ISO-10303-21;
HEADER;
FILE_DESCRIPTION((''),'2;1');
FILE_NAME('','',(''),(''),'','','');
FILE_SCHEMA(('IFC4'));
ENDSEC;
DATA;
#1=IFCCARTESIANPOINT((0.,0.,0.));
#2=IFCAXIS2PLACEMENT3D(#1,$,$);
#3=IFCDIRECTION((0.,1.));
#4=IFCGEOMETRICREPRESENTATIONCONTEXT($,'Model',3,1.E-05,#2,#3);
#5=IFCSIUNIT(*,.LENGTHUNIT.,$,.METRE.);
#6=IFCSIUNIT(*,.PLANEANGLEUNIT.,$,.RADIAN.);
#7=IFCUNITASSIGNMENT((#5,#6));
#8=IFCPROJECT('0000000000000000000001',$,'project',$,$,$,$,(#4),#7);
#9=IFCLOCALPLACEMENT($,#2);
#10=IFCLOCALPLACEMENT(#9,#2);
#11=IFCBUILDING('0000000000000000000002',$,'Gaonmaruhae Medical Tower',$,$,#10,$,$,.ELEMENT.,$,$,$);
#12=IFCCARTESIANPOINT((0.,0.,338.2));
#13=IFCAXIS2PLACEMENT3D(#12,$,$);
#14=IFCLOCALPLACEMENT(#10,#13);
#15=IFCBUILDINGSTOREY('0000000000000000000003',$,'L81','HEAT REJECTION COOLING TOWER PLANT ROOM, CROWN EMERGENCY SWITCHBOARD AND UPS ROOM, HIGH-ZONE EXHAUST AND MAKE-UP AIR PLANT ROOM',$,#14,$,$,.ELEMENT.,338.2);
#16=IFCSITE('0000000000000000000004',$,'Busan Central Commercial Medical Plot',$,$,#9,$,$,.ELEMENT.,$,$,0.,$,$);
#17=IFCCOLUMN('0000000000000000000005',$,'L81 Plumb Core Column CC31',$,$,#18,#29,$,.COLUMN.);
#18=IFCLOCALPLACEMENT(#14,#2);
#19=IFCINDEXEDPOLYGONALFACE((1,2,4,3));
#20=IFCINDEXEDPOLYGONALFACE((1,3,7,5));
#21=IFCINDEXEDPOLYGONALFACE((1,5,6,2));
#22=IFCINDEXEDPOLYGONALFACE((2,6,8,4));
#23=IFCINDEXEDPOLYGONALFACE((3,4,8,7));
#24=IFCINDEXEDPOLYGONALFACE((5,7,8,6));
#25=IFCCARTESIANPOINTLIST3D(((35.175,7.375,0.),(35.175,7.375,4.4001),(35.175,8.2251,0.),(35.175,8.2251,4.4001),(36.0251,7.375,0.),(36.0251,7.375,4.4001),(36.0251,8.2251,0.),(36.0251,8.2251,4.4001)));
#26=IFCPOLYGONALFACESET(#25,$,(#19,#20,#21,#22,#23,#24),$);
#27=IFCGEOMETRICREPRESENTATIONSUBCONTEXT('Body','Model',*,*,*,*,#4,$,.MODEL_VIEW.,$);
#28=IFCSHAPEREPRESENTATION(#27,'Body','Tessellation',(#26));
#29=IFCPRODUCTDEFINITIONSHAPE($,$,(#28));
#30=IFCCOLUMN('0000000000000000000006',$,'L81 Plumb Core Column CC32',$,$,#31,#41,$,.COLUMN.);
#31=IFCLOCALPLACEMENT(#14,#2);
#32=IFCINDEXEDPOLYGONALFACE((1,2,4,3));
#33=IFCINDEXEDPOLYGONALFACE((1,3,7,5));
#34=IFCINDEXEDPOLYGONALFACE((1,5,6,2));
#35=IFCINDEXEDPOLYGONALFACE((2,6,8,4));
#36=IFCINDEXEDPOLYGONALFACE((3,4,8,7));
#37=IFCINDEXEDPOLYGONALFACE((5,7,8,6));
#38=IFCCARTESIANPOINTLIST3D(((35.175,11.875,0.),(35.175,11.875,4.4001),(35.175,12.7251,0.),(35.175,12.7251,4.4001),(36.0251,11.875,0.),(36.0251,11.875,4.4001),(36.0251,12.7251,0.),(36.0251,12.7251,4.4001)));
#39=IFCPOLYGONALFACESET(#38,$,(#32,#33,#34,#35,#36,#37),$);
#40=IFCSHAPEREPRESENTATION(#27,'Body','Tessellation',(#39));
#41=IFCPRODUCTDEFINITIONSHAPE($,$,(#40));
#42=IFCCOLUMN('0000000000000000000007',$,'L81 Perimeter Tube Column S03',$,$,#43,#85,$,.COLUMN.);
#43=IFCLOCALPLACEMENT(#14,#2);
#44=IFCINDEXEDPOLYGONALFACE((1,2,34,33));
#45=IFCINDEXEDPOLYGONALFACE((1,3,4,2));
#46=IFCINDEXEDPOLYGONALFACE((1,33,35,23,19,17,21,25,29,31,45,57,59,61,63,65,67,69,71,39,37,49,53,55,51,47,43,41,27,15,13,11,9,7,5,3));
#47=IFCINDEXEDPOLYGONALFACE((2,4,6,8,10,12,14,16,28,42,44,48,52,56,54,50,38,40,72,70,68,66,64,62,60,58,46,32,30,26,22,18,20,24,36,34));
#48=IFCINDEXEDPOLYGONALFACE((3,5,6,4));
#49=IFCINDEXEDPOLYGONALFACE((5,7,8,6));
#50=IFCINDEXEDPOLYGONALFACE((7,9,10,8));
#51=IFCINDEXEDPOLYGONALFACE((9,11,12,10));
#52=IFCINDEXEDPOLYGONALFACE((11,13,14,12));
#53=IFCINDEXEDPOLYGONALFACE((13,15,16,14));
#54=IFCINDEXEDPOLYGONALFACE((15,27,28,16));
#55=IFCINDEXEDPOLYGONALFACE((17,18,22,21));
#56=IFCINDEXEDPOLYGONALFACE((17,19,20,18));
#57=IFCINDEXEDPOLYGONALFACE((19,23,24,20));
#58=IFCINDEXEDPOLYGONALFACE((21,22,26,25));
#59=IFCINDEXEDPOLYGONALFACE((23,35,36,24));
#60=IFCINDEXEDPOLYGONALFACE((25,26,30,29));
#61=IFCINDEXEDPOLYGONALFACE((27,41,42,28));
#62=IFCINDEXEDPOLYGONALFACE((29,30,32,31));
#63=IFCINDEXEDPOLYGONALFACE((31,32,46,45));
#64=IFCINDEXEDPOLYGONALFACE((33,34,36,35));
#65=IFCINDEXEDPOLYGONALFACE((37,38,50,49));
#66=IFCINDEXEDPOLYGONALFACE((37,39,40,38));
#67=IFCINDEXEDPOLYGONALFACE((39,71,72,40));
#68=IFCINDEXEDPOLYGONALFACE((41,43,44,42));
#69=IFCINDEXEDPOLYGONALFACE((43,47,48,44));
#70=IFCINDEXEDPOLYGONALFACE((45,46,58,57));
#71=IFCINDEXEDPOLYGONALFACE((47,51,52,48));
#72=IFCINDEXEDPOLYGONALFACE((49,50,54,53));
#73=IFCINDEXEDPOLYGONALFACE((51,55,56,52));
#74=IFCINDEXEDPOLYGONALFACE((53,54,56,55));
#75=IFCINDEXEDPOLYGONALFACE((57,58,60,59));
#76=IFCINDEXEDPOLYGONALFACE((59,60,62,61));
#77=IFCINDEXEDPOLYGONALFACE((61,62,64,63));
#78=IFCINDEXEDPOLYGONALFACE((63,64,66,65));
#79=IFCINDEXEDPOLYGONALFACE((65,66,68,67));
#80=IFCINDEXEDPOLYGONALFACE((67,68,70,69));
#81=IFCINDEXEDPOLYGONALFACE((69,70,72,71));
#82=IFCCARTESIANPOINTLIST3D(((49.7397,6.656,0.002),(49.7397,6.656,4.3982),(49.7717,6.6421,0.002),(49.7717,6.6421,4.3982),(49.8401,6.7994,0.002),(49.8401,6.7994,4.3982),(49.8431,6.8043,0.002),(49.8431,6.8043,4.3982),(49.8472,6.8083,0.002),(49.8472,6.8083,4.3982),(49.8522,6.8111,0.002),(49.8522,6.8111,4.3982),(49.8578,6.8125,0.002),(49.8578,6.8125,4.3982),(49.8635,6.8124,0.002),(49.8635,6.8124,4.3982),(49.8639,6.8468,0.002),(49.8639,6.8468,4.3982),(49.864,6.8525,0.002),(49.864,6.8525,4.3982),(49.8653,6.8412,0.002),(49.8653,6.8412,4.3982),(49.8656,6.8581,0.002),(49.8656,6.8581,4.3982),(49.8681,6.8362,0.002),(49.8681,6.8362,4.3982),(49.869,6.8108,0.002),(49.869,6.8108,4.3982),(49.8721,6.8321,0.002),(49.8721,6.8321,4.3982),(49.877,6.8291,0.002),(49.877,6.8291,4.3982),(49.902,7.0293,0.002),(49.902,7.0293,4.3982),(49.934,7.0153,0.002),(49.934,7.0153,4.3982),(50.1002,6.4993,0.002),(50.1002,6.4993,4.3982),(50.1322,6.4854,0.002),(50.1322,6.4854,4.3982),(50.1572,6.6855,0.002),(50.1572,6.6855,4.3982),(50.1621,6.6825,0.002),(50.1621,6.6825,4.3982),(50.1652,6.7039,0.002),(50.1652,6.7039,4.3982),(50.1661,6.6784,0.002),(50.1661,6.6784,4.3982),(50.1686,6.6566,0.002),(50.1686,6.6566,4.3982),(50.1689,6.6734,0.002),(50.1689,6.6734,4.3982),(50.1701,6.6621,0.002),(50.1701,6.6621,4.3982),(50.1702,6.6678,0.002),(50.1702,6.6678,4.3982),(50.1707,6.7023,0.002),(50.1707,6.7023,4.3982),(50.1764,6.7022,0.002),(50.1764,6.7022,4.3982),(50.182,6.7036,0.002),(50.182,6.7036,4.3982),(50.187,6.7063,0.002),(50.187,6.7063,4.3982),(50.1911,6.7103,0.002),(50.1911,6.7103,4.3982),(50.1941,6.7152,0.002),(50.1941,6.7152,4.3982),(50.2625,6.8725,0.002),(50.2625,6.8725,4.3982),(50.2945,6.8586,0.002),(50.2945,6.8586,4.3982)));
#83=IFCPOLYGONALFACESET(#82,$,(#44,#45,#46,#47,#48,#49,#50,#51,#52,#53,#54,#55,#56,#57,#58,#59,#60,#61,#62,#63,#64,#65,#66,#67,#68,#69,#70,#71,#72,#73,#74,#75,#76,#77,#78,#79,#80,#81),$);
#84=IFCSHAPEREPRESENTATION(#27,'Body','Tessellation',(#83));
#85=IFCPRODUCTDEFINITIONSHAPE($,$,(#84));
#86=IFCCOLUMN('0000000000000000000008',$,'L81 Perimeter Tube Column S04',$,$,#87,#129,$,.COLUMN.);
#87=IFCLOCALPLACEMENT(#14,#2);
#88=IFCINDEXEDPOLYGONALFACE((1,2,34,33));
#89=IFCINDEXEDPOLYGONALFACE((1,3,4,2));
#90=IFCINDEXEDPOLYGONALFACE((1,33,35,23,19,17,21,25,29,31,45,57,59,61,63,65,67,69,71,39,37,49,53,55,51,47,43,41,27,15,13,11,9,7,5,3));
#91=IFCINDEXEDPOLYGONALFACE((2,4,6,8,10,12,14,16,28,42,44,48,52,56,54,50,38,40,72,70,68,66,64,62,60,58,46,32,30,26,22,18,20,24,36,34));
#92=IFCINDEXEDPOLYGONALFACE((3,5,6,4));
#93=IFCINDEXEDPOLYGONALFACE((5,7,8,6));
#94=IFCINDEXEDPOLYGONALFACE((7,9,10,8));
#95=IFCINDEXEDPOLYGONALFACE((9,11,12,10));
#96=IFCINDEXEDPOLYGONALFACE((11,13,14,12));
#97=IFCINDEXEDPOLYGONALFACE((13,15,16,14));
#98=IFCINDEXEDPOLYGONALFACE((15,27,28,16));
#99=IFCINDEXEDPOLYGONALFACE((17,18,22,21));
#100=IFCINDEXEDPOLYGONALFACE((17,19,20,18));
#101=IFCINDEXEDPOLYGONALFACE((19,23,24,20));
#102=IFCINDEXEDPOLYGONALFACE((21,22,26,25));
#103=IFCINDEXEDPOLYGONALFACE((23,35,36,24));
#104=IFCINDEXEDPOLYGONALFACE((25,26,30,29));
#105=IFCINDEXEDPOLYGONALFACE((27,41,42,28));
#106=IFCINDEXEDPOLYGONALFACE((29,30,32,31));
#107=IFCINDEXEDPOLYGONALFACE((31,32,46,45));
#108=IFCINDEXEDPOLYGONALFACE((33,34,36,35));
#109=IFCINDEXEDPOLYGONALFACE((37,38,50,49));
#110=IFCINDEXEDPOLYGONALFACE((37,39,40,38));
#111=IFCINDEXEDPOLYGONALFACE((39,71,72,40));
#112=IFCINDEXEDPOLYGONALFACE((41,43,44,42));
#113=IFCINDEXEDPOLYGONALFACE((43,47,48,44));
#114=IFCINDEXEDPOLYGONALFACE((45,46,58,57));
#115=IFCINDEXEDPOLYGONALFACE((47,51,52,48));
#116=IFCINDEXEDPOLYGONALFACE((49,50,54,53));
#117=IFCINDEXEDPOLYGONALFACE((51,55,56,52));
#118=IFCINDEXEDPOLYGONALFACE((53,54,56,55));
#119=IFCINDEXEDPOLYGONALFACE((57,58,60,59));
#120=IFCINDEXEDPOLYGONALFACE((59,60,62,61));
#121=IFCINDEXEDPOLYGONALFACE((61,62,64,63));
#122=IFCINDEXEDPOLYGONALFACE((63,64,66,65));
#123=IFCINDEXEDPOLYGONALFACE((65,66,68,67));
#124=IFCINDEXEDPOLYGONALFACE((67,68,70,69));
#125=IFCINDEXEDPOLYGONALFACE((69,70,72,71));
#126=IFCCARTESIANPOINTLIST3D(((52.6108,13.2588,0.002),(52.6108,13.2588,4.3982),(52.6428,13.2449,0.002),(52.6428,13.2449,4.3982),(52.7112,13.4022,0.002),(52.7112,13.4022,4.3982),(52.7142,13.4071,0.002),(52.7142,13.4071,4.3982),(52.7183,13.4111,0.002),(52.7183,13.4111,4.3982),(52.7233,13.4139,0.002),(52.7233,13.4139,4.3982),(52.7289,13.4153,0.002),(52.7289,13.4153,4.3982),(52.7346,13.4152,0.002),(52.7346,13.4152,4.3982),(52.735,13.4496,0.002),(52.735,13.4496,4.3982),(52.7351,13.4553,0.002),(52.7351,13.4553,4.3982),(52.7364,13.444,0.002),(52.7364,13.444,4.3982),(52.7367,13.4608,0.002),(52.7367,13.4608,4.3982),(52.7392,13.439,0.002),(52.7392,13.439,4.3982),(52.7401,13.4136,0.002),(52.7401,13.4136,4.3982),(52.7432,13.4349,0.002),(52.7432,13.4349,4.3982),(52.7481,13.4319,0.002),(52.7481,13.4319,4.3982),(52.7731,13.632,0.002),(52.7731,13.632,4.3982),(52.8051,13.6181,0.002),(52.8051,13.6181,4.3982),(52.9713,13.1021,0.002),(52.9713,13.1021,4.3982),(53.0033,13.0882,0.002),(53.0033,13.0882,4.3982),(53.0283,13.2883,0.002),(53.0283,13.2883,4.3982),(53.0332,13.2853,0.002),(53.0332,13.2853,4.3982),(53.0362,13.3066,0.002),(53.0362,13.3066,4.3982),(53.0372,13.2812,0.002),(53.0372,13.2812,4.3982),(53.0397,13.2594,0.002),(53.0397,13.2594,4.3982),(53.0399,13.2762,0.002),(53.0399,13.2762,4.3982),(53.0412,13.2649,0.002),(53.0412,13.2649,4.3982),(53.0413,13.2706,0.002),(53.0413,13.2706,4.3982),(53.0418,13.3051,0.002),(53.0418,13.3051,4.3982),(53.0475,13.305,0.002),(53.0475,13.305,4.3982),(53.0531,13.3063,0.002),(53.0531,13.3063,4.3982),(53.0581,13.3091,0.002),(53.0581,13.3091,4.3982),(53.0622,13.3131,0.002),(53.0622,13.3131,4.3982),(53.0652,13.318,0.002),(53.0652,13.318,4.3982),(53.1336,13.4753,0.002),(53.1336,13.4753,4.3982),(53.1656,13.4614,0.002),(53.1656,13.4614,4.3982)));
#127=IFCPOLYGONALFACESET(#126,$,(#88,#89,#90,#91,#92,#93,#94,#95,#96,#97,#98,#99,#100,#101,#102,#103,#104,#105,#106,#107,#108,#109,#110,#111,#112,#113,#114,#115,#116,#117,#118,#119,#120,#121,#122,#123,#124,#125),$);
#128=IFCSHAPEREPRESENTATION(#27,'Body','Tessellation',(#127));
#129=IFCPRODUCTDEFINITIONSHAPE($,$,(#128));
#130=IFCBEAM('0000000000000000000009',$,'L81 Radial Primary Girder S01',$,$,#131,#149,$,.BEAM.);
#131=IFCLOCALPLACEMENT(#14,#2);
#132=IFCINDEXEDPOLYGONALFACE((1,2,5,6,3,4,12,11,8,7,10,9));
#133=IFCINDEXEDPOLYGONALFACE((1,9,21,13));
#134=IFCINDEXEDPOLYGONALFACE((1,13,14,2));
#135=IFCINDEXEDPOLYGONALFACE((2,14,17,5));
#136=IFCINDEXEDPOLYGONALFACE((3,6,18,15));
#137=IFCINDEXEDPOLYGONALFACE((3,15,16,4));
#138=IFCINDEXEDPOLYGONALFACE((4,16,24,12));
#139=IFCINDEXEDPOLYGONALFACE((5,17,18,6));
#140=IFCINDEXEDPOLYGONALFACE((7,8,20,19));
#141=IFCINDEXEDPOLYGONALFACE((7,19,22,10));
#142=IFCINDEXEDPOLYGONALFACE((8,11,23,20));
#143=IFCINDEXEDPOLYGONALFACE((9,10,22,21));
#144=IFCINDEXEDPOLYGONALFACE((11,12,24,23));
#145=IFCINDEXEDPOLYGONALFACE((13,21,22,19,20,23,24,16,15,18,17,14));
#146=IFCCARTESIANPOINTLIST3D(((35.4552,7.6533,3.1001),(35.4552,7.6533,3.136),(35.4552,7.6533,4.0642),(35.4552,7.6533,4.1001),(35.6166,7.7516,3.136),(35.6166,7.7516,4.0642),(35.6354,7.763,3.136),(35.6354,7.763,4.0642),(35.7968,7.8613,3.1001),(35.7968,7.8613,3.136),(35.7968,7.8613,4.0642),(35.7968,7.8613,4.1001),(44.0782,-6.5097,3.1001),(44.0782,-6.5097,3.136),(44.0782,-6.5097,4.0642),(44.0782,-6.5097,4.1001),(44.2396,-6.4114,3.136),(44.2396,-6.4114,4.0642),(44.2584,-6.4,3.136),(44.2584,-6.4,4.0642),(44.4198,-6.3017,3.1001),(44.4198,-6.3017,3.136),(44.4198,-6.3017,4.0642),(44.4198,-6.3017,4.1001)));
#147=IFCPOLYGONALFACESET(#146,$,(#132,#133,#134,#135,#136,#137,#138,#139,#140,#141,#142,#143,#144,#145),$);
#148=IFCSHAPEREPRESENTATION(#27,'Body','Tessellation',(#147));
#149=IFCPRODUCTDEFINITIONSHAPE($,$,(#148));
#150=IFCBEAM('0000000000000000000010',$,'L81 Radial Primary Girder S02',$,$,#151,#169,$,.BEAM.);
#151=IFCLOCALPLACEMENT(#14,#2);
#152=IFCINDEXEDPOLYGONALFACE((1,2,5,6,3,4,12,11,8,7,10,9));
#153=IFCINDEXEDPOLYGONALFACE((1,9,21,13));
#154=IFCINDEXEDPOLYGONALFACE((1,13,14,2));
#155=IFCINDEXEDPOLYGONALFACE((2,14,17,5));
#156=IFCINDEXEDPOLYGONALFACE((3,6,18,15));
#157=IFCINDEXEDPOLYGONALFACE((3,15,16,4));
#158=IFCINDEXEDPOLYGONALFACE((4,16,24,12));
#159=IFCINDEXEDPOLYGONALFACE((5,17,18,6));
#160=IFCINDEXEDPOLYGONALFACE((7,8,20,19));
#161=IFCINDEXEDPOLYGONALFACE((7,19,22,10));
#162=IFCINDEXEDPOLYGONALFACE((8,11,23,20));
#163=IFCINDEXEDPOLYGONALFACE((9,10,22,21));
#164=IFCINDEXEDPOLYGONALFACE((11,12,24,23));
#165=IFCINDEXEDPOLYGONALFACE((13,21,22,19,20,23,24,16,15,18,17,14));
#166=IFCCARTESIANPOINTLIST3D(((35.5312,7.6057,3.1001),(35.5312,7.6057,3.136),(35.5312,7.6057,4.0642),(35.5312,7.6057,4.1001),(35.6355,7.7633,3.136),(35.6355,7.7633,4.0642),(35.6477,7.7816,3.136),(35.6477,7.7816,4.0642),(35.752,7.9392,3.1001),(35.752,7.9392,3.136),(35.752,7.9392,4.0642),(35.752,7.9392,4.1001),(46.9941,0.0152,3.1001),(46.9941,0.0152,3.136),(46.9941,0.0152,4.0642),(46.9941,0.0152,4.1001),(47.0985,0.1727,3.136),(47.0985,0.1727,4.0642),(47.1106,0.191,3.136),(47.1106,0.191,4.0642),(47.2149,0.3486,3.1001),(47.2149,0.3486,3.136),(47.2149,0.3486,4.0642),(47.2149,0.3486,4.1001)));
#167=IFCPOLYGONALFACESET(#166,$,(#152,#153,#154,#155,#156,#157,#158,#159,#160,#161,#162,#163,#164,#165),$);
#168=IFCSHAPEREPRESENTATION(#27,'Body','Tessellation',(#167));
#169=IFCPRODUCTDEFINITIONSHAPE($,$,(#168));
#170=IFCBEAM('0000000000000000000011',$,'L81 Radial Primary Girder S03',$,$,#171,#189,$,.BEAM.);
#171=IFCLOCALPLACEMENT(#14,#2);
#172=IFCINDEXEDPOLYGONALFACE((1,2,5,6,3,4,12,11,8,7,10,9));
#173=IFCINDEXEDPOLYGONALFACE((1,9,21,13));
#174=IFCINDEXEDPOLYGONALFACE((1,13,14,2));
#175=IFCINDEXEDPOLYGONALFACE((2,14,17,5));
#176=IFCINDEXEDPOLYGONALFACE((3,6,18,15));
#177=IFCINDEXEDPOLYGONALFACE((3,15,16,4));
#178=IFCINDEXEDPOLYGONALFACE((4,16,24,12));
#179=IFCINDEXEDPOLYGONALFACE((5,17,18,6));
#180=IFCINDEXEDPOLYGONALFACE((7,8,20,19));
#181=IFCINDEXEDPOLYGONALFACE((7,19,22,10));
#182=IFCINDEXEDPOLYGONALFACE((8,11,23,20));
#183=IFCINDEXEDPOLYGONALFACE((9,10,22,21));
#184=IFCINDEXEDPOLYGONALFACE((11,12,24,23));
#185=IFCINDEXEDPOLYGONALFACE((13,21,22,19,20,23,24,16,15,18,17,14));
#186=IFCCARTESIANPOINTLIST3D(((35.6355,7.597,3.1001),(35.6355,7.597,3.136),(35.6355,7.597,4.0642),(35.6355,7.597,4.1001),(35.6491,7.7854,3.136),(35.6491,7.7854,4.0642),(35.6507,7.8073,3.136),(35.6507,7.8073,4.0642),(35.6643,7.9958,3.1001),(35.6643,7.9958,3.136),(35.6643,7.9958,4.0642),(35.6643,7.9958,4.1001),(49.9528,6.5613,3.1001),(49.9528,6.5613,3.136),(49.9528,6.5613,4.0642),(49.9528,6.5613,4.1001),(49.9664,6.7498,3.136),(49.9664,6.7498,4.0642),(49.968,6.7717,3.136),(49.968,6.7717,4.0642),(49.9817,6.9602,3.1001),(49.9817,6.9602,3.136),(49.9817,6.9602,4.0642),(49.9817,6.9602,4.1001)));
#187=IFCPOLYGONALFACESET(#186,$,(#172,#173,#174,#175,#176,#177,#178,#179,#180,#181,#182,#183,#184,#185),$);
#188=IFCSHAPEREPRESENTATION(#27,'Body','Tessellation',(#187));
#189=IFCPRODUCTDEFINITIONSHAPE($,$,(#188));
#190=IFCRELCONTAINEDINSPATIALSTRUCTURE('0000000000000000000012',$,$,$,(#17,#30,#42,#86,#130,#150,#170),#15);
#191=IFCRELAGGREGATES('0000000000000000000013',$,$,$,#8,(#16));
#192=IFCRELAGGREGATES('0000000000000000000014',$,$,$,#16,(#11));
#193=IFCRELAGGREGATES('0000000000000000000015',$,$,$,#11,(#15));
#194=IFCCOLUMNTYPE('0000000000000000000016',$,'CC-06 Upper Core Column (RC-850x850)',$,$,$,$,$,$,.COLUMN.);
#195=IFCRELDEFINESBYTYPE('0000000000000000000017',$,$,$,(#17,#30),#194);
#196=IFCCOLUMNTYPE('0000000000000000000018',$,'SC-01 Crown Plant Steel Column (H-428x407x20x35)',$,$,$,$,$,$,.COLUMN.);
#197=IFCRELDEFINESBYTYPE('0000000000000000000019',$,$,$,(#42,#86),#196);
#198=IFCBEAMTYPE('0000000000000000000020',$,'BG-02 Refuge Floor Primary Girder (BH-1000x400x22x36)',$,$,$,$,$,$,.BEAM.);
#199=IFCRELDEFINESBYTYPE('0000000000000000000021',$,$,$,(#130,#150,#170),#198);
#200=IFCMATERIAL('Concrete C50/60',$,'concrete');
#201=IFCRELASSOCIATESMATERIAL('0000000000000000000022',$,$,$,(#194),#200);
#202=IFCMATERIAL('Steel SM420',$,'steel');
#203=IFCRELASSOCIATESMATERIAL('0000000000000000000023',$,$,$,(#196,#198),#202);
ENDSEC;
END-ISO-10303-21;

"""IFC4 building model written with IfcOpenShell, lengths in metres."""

from ifc_helpers import new_model, si_unit, direction, frame, origin, origin_2d, place, context, subcontext, project, spatial, rectangle, i_section, extrude, material, material_profile, profile_set, type_object, element, save


model = new_model("IFC4")

# Units and contexts
model_context = context("Model", 3, precision=1e-05, world=origin(), true_north=direction((0.0, 1.0)))
body_context = subcontext(model_context, "Body", "Model", "MODEL_VIEW")
ifc_project = project(units=[si_unit("LENGTHUNIT", "METRE"), si_unit("PLANEANGLEUNIT", "RADIAN")], contexts=[model_context])

# Site, building, storey
site_placement = place(None, origin())
site = spatial("IfcSite", under=ifc_project, at=site_placement, Name="Busan Central Commercial Medical Plot", CompositionType="ELEMENT", RefElevation=0.0)
building_placement = place(site_placement, origin())
building = spatial("IfcBuilding", under=site, at=building_placement, Name="Gaonmaruhae Medical Tower", CompositionType="ELEMENT")
storey_placement = place(building_placement, frame((0.0, 0.0, 338.2)))
storey = spatial("IfcBuildingStorey", under=building, at=storey_placement, Name="L81", Description="HEAT REJECTION COOLING TOWER PLANT ROOM, CROWN EMERGENCY SWITCHBOARD AND UPS ROOM, HIGH-ZONE EXHAUST AND MAKE-UP AIR PLANT ROOM", CompositionType="ELEMENT", Elevation=338.2)

# Columns
ifc_material_1 = material(Name="Concrete C50/60", Category="concrete")
ifc_material_profile_1 = material_profile(ifc_material_1, rectangle(XDim=0.8501, YDim=0.8501, at=origin_2d()), Name="RC-850x850")
ifc_profile_set_1 = profile_set([ifc_material_profile_1], Name="Concrete C50/60")
column_type_1 = type_object("IfcColumnType", Name="CC-06 Upper Core Column (RC-850x850)", PredefinedType="COLUMN", material=ifc_profile_set_1)
for number, where, z_axis, x_axis, name in (
    (1, (35.6001, 7.8, 0.0), (0.0, 0.0, 1.0), (1.0, 0.0, 0.0), "L81 Plumb Core Column CC31"),
    (2, (35.6001, 12.3, 0.0), (0.0, 0.0, 1.0), (1.0, 0.0, 0.0), "L81 Plumb Core Column CC32"),
):
    element("IfcColumn", number, at=place(storey_placement, frame(where, z_axis=z_axis, x_axis=x_axis)), inside=storey, type_object=column_type_1, Name=name, PredefinedType="COLUMN", context=body_context, shape_type="SweptSolid", body=[
        extrude(rectangle(XDim=0.8501, YDim=0.8501, at=origin_2d()), origin(), (0.0, 0.0, 1.0), 4.4001),
    ])
ifc_material_2 = material(Name="Steel SM420", Category="steel")
ifc_material_profile_2 = material_profile(ifc_material_2, i_section(OverallWidth=0.407, OverallDepth=0.428, WebThickness=0.02, FlangeThickness=0.0349, FilletRadius=0.022, at=origin_2d()), Name="H-428x407x20x35")
ifc_profile_set_2 = profile_set([ifc_material_profile_2], Name="Steel SM420")
column_type_2 = type_object("IfcColumnType", Name="SC-01 Crown Plant Steel Column (H-428x407x20x35)", PredefinedType="COLUMN", material=ifc_profile_set_2)
for number, where, z_axis, x_axis, name in (
    (3, (50.0171, 6.7573, 0.002), (0.0, 0.0, 1.0), (0.398749, 0.91706, 0.0), "L81 Perimeter Tube Column S03"),
    (4, (52.8882, 13.3601, 0.002), (0.0, 0.0, 1.0), (0.398749, 0.91706, 0.0), "L81 Perimeter Tube Column S04"),
):
    element("IfcColumn", number, at=place(storey_placement, frame(where, z_axis=z_axis, x_axis=x_axis)), inside=storey, type_object=column_type_2, Name=name, PredefinedType="COLUMN", context=body_context, shape_type="SweptSolid", body=[
        extrude(i_section(OverallWidth=0.407, OverallDepth=0.428, WebThickness=0.02, FlangeThickness=0.0349, FilletRadius=0.022, at=origin_2d()), origin(), (0.0, 0.0, 1.0), 4.3962),
    ])

# Beams
ifc_material_profile_3 = material_profile(ifc_material_2, i_section(OverallWidth=0.3999, OverallDepth=1.0, WebThickness=0.022, FlangeThickness=0.0359, at=origin_2d()), Name="BH-1000x400x22x36")
ifc_profile_set_3 = profile_set([ifc_material_profile_3], Name="Steel SM420")
beam_type_1 = type_object("IfcBeamType", Name="BG-02 Refuge Floor Primary Girder (BH-1000x400x22x36)", PredefinedType="BEAM", material=ifc_profile_set_3)
beam_1_placement = place(storey_placement, frame((35.626, 7.7573, 3.6001), z_axis=(0.520037, -0.854144, 0.0), x_axis=(0.854144, 0.520037, 0.0)))
element("IfcBeam", 5, at=beam_1_placement, inside=storey, type_object=beam_type_1, Name="L81 Radial Primary Girder S01", PredefinedType="BEAM", context=body_context, shape_type="SweptSolid", body=[
    extrude(i_section(OverallWidth=0.3999, OverallDepth=1.0, WebThickness=0.022, FlangeThickness=0.0359, at=origin_2d()), origin(), (0.0, 0.0, 1.0), 16.5815),
])
beam_2_placement = place(storey_placement, frame((35.6416, 7.7725, 3.6001), z_axis=(0.83377, -0.552112, 0.0), x_axis=(0.552112, 0.83377, 0.0)))
element("IfcBeam", 6, at=beam_2_placement, inside=storey, type_object=beam_type_1, Name="L81 Radial Primary Girder S02", PredefinedType="BEAM", context=body_context, shape_type="SweptSolid", body=[
    extrude(i_section(OverallWidth=0.3999, OverallDepth=1.0, WebThickness=0.022, FlangeThickness=0.0359, at=origin_2d()), origin(), (0.0, 0.0, 1.0), 13.7483),
])
beam_3_placement = place(storey_placement, frame((35.6499, 7.7964, 3.6001), z_axis=(0.997394, -0.072146, 0.0), x_axis=(0.072146, 0.997394, 0.0)))
element("IfcBeam", 7, at=beam_3_placement, inside=storey, type_object=beam_type_1, Name="L81 Radial Primary Girder S03", PredefinedType="BEAM", context=body_context, shape_type="SweptSolid", body=[
    extrude(i_section(OverallWidth=0.3999, OverallDepth=1.0, WebThickness=0.022, FlangeThickness=0.0359, at=origin_2d()), origin(), (0.0, 0.0, 1.0), 14.3547),
])

save(model, "model.ifc")
